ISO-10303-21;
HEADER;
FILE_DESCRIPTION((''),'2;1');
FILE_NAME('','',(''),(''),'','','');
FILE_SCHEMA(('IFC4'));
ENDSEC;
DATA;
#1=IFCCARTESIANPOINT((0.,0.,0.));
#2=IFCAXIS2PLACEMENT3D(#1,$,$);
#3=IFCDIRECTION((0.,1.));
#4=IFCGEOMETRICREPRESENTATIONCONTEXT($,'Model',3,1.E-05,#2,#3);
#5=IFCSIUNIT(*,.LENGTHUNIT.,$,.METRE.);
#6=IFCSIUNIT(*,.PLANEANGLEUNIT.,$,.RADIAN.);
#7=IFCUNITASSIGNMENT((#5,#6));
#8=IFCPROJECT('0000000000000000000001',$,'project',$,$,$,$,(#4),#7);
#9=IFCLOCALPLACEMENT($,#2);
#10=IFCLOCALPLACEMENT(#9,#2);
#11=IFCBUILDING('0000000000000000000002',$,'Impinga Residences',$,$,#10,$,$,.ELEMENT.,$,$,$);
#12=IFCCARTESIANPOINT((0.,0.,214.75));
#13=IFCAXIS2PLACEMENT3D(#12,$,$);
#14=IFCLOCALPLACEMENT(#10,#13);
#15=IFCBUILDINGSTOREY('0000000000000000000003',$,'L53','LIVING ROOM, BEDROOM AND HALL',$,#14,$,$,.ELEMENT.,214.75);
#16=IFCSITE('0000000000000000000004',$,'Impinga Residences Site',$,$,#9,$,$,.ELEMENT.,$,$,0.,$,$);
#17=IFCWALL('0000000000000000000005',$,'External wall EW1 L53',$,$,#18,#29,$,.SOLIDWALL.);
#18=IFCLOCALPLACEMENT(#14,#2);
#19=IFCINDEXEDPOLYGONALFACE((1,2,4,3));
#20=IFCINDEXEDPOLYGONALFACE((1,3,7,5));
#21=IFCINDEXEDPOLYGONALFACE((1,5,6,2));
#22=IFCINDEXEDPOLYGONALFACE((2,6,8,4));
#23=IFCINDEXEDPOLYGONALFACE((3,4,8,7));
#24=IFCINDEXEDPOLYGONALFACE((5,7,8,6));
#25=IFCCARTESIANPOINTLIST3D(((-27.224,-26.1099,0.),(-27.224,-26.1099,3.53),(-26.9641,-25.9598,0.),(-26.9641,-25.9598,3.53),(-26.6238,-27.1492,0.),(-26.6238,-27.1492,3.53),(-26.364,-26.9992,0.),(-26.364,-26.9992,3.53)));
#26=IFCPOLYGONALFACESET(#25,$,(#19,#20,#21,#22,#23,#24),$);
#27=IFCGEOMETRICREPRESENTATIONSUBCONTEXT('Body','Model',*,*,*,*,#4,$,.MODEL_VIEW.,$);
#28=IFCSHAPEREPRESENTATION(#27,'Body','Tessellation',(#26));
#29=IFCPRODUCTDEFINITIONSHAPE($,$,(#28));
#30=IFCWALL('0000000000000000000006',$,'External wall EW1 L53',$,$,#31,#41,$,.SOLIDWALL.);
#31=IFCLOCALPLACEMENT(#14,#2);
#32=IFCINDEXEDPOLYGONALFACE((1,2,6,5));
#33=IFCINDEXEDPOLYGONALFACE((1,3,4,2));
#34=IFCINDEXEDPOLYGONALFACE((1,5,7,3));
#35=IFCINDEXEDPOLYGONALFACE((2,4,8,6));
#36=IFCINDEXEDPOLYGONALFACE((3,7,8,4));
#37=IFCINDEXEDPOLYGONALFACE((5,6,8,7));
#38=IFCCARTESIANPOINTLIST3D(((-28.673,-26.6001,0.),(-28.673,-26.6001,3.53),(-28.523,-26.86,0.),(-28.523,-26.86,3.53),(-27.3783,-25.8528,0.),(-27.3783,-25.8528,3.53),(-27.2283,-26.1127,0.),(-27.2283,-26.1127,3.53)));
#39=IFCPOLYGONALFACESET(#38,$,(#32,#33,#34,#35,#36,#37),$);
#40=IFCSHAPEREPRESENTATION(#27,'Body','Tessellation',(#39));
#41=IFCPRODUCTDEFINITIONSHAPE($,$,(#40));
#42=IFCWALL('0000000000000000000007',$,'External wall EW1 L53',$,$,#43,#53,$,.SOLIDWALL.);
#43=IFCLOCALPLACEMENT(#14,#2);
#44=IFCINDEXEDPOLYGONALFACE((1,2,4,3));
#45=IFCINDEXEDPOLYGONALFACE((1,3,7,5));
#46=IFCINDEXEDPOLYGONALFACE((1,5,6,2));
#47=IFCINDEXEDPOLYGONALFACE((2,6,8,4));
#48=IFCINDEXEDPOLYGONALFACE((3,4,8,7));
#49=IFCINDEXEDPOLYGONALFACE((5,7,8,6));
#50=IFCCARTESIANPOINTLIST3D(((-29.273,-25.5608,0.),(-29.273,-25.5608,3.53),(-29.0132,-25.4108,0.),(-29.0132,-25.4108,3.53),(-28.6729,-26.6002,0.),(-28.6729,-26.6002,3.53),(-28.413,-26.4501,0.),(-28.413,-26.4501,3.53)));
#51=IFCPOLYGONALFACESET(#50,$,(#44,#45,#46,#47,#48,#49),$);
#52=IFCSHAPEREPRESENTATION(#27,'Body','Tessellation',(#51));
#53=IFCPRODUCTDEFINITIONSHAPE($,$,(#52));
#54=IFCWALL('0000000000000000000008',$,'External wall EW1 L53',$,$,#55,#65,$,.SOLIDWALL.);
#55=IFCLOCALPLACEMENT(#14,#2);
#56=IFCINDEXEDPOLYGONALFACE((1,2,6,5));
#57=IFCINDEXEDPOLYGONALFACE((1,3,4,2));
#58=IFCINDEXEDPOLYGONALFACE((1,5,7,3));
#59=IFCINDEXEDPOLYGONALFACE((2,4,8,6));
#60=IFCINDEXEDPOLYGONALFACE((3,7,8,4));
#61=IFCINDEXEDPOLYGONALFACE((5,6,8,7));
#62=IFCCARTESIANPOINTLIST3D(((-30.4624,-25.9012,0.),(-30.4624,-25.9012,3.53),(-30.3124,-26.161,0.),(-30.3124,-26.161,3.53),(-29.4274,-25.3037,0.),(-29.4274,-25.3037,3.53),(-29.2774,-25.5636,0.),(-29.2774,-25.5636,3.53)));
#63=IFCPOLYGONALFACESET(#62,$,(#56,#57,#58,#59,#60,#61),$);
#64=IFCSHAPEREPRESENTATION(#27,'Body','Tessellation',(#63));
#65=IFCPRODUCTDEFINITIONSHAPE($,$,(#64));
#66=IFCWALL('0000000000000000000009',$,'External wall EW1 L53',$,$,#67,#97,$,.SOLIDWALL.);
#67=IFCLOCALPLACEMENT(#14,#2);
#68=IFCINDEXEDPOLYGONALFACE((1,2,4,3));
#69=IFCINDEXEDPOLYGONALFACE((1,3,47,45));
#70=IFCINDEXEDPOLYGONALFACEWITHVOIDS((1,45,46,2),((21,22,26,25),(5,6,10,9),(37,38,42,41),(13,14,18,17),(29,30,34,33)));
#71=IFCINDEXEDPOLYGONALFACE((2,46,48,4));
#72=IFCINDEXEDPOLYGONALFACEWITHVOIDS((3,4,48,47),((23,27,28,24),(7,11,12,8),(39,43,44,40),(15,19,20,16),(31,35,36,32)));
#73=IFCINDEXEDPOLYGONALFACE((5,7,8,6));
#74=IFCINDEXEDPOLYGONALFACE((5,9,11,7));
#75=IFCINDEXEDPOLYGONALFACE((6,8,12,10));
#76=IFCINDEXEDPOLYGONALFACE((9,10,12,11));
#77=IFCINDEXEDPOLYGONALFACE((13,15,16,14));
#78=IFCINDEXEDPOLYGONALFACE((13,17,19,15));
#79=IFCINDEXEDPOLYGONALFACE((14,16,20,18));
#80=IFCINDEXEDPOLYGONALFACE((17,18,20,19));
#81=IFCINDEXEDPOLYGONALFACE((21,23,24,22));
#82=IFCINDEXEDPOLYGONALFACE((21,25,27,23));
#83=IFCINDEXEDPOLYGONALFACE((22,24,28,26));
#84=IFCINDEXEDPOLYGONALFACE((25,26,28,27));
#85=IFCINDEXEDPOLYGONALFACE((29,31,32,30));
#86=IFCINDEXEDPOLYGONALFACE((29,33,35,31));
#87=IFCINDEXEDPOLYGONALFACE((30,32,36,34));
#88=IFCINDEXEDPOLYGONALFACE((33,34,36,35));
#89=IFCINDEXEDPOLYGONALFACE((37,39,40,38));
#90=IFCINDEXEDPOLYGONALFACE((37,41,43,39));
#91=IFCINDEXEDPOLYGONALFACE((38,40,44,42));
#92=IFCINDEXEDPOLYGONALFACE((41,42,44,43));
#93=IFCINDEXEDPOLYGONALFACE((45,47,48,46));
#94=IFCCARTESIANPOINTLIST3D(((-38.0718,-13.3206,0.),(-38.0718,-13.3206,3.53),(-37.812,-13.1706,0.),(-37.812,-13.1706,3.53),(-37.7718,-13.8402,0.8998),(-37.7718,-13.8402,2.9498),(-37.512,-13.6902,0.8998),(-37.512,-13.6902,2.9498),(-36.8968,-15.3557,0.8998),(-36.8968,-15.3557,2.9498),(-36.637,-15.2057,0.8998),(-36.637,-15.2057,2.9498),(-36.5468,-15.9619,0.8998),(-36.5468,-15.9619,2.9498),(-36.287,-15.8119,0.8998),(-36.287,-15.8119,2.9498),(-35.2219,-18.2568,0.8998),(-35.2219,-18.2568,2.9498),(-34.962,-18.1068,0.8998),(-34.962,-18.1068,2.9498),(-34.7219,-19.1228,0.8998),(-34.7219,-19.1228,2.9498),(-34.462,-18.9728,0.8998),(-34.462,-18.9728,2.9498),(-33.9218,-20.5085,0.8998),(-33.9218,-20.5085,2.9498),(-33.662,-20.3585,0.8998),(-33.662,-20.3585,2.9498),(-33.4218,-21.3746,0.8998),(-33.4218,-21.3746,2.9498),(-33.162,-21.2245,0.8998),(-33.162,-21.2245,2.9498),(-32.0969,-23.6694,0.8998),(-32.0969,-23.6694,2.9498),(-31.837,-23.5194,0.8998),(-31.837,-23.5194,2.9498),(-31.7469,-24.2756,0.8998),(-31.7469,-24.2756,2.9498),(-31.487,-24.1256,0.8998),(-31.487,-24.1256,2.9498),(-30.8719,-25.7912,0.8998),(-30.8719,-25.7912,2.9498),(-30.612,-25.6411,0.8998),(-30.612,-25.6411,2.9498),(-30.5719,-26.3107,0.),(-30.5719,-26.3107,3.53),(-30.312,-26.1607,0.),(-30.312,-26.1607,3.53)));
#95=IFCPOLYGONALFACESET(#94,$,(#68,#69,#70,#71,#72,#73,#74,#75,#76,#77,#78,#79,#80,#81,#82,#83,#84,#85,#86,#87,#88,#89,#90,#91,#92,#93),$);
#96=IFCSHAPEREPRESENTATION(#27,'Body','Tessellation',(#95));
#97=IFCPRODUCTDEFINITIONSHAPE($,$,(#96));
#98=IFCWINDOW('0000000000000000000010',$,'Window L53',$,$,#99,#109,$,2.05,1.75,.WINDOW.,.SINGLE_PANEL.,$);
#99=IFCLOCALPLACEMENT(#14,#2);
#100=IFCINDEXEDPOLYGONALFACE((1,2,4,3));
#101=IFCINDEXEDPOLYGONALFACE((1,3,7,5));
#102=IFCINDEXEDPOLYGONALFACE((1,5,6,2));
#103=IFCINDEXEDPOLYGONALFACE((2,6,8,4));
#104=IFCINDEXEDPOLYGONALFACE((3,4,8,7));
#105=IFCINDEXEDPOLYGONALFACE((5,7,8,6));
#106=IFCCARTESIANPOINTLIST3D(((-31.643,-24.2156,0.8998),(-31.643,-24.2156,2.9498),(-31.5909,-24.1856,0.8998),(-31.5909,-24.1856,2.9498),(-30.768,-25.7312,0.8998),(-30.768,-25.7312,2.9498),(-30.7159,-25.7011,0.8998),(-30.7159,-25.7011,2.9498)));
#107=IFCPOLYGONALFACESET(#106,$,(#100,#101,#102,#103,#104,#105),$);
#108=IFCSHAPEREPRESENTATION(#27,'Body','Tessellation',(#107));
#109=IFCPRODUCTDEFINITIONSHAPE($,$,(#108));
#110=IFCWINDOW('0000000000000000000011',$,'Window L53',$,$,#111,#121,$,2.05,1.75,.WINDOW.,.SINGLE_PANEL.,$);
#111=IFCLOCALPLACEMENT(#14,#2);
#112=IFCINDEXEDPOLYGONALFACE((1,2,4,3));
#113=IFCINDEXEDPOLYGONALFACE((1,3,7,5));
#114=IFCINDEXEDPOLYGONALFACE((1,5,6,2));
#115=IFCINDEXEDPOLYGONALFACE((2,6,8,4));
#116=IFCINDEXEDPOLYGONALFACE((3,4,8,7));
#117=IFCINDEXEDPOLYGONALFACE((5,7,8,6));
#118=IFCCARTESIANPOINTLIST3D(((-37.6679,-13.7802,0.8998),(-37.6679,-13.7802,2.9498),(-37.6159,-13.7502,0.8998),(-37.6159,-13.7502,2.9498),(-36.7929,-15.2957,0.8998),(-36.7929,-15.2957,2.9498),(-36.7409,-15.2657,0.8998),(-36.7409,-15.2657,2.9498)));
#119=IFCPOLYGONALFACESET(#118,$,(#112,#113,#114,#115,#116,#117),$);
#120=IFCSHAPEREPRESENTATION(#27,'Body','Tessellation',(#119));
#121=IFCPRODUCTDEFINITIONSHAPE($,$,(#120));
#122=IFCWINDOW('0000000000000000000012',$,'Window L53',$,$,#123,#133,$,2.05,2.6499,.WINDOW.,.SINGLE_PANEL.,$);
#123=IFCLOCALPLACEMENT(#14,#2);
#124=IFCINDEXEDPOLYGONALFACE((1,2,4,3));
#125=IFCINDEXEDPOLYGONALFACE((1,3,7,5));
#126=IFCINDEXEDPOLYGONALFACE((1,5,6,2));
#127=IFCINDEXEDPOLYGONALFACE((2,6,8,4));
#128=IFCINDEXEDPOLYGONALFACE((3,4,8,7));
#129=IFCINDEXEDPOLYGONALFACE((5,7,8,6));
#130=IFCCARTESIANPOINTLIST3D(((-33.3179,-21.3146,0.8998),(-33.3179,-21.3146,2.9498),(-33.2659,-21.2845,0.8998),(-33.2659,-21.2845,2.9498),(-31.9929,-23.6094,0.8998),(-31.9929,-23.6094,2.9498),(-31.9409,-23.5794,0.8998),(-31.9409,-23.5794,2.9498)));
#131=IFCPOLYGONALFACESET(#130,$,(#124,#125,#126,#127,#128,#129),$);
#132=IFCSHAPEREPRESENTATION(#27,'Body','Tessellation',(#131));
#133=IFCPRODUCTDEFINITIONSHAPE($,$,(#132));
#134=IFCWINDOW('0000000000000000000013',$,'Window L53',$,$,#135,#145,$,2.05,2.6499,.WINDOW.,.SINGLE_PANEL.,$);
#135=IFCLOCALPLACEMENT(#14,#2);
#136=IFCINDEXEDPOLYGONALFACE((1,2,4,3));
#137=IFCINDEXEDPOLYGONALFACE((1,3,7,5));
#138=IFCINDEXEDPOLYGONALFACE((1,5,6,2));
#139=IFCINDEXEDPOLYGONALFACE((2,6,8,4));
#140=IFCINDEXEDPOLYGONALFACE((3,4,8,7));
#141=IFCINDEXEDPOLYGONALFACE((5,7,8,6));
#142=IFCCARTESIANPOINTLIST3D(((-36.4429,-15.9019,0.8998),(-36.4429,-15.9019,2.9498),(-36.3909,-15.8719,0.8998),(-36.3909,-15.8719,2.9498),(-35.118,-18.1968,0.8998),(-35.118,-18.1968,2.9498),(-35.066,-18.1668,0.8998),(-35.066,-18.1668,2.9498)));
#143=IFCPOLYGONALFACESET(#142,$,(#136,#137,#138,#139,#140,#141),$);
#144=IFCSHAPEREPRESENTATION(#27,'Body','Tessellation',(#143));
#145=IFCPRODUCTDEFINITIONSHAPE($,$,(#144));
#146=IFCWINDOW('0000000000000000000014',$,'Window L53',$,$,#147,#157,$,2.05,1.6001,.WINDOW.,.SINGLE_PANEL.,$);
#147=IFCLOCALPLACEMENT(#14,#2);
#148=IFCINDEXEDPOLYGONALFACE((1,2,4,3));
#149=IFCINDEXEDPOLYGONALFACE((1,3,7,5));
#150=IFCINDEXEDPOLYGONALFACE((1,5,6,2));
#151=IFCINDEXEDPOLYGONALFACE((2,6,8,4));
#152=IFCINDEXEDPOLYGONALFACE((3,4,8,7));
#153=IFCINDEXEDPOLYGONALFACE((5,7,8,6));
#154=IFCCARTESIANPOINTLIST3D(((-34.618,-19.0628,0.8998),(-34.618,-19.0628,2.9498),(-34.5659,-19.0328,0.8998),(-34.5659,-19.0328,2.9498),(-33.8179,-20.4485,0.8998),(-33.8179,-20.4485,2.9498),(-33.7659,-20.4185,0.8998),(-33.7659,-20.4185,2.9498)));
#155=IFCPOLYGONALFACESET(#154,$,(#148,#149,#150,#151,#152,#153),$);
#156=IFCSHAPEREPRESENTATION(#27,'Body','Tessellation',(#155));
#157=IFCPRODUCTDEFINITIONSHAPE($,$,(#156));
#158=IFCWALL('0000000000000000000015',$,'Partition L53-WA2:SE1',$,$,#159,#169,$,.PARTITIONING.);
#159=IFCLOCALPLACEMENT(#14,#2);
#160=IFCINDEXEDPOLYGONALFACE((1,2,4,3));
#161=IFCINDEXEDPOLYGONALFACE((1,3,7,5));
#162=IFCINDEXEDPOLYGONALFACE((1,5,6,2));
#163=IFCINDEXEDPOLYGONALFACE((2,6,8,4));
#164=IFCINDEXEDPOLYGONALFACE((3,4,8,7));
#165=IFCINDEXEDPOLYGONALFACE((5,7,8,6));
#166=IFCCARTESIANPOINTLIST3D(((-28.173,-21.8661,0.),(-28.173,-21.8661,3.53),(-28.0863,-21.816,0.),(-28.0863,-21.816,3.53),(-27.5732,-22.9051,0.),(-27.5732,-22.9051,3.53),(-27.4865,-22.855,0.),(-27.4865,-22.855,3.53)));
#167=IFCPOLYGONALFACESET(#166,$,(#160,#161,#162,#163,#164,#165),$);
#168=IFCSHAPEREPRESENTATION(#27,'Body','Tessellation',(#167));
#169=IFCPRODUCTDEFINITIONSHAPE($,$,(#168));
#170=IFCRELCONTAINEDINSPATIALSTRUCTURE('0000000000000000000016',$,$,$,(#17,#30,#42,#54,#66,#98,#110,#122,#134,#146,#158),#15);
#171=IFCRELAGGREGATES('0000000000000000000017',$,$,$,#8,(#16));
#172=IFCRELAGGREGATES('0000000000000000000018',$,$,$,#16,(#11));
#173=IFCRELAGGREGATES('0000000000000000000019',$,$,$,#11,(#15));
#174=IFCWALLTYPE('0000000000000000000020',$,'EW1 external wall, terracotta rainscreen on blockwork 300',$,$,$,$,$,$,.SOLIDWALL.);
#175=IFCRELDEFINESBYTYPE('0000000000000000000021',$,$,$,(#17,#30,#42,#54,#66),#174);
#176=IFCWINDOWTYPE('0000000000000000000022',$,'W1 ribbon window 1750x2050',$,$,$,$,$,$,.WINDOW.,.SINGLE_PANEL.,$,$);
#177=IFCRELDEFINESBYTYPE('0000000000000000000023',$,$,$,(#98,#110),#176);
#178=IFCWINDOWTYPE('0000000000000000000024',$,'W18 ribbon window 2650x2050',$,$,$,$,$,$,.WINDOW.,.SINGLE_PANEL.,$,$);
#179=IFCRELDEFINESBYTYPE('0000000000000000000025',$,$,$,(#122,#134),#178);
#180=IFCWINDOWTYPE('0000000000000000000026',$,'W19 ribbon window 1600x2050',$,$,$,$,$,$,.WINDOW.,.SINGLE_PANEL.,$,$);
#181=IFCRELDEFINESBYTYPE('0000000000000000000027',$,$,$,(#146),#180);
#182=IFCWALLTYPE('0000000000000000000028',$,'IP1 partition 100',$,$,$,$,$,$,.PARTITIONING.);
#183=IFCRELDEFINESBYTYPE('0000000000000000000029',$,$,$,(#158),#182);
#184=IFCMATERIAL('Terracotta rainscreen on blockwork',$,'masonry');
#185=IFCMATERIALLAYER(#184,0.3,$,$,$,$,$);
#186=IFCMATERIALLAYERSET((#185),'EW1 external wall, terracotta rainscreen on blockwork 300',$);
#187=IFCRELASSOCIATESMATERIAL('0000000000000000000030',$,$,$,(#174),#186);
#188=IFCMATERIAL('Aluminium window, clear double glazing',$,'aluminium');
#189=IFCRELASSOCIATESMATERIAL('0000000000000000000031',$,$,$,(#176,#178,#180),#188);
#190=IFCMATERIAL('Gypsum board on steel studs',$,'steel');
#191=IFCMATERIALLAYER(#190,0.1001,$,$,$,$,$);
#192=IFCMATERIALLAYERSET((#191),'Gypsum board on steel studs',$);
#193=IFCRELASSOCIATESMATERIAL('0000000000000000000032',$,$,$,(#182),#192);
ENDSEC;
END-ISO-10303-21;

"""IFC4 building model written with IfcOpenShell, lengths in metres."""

from ifc_helpers import new_model, si_unit, direction, frame, frame_2d, origin, place, context, subcontext, project, spatial, rectangle, extrude, material, layer, layer_set, type_object, element, fill, save


model = new_model("IFC4")

# Units and contexts
model_context = context("Model", 3, precision=1e-05, world=origin(), true_north=direction((0.0, 1.0)))
body_context = subcontext(model_context, "Body", "Model", "MODEL_VIEW")
ifc_project = project(units=[si_unit("LENGTHUNIT", "METRE"), si_unit("PLANEANGLEUNIT", "RADIAN")], contexts=[model_context])

# Site, building, storey
site_placement = place(None, origin())
site = spatial("IfcSite", under=ifc_project, at=site_placement, Name="Impinga Residences Site", CompositionType="ELEMENT", RefElevation=0.0)
building_placement = place(site_placement, origin())
building = spatial("IfcBuilding", under=site, at=building_placement, Name="Impinga Residences", CompositionType="ELEMENT")
storey_placement = place(building_placement, frame((0.0, 0.0, 214.75)))
storey = spatial("IfcBuildingStorey", under=building, at=storey_placement, Name="L53", Description="LIVING ROOM, BEDROOM AND HALL", CompositionType="ELEMENT", Elevation=214.75)

# Walls
ifc_material_1 = material(Name="Terracotta rainscreen on blockwork", Category="masonry")
ifc_layer_1 = layer(ifc_material_1, 0.3)
ifc_layer_set_1 = layer_set([ifc_layer_1], Name="EW1 external wall, terracotta rainscreen on blockwork 300")
wall_type_1 = type_object("IfcWallType", Name="EW1 external wall, terracotta rainscreen on blockwork 300", PredefinedType="SOLIDWALL", material=ifc_layer_set_1)
wall_1_placement = place(storey_placement, frame((-26.4939, -27.0742, 0.0), z_axis=(0.0, 0.0, 1.0), x_axis=(-0.500034, 0.866006, 0.0)))
element("IfcWall", 1, at=wall_1_placement, inside=storey, type_object=wall_type_1, Name="External wall EW1 L53", PredefinedType="SOLIDWALL", context=body_context, shape_type="SweptSolid", body=[
    extrude(rectangle(XDim=1.2002, YDim=0.3, at=frame_2d((0.6001, 0.0))), origin(), (0.0, 0.0, 1.0), 3.53),
])
wall_2_placement = place(storey_placement, frame((-27.3032, -25.9827, 0.0), z_axis=(0.0, 0.0, 1.0), x_axis=(-0.866074, -0.499916, 0.0)))
element("IfcWall", 2, at=wall_2_placement, inside=storey, type_object=wall_type_1, Name="External wall EW1 L53", PredefinedType="SOLIDWALL", context=body_context, shape_type="SweptSolid", body=[
    extrude(rectangle(XDim=1.4949, YDim=0.3, at=frame_2d((0.7476, 0.0))), origin(), (0.0, 0.0, 1.0), 3.53),
])
wall_3_placement = place(storey_placement, frame((-28.543, -26.5251, 0.0), z_axis=(0.0, 0.0, 1.0), x_axis=(-0.500034, 0.866006, 0.0)))
element("IfcWall", 3, at=wall_3_placement, inside=storey, type_object=wall_type_1, Name="External wall EW1 L53", PredefinedType="SOLIDWALL", context=body_context, shape_type="SweptSolid", body=[
    extrude(rectangle(XDim=1.2002, YDim=0.3, at=frame_2d((0.6001, 0.0))), origin(), (0.0, 0.0, 1.0), 3.53),
])
wall_4_placement = place(storey_placement, frame((-29.3523, -25.4336, 0.0), z_axis=(0.0, 0.0, 1.0), x_axis=(-0.86606, -0.499941, 0.0)))
element("IfcWall", 4, at=wall_4_placement, inside=storey, type_object=wall_type_1, Name="External wall EW1 L53", PredefinedType="SOLIDWALL", context=body_context, shape_type="SweptSolid", body=[
    extrude(rectangle(XDim=1.1951, YDim=0.3, at=frame_2d((0.5977, 0.0))), origin(), (0.0, 0.0, 1.0), 3.53),
])

# Wall, openings, windows
wall_5_placement = place(storey_placement, frame((-30.4419, -26.2358, 0.0), z_axis=(0.0, 0.0, 1.0), x_axis=(-0.500004, 0.866023, 0.0)))
wall_5 = element("IfcWall", 5, at=wall_5_placement, inside=storey, type_object=wall_type_1, Name="External wall EW1 L53", PredefinedType="SOLIDWALL", context=body_context, shape_type="SweptSolid", body=[
    extrude(rectangle(XDim=14.9998, YDim=0.3, at=frame_2d((7.5, 0.0))), origin(), (0.0, 0.0, 1.0), 3.53),
])
opening_1_placement = place(wall_5_placement, frame((0.6001, 0.0, 0.8999)))
opening_1 = element("IfcOpeningElement", 6, at=opening_1_placement, cuts=wall_5, PredefinedType="OPENING", context=body_context, shape_type="SweptSolid", body=[
    extrude(rectangle(XDim=1.75, YDim=2.05, at=frame_2d((0.875, 1.0249))), frame((0.0, 0.1599, 0.0), z_axis=(0.0, -1.0, 0.0), x_axis=(1.0, 0.0, 0.0)), (0.0, 0.0, 1.0), 0.3201),
])
opening_2_placement = place(wall_5_placement, frame((3.05, 0.0, 0.8999)))
opening_2 = element("IfcOpeningElement", 7, at=opening_2_placement, cuts=wall_5, PredefinedType="OPENING", context=body_context, shape_type="SweptSolid", body=[
    extrude(rectangle(XDim=2.6499, YDim=2.05, at=frame_2d((1.325, 1.0249))), frame((0.0, 0.1599, 0.0), z_axis=(0.0, -1.0, 0.0), x_axis=(1.0, 0.0, 0.0)), (0.0, 0.0, 1.0), 0.3201),
])
opening_3_placement = place(wall_5_placement, frame((6.7, 0.0, 0.8999)))
opening_3 = element("IfcOpeningElement", 8, at=opening_3_placement, cuts=wall_5, PredefinedType="OPENING", context=body_context, shape_type="SweptSolid", body=[
    extrude(rectangle(XDim=1.6001, YDim=2.05, at=frame_2d((0.8, 1.0249))), frame((0.0, 0.1599, 0.0), z_axis=(0.0, -1.0, 0.0), x_axis=(1.0, 0.0, 0.0)), (0.0, 0.0, 1.0), 0.3201),
])
opening_4_placement = place(wall_5_placement, frame((9.3, 0.0, 0.8999)))
opening_4 = element("IfcOpeningElement", 9, at=opening_4_placement, cuts=wall_5, PredefinedType="OPENING", context=body_context, shape_type="SweptSolid", body=[
    extrude(rectangle(XDim=2.6499, YDim=2.05, at=frame_2d((1.325, 1.0249))), frame((0.0, 0.1599, 0.0), z_axis=(0.0, -1.0, 0.0), x_axis=(1.0, 0.0, 0.0)), (0.0, 0.0, 1.0), 0.3201),
])
opening_5_placement = place(wall_5_placement, frame((12.6499, 0.0, 0.8999)))
opening_5 = element("IfcOpeningElement", 10, at=opening_5_placement, cuts=wall_5, PredefinedType="OPENING", context=body_context, shape_type="SweptSolid", body=[
    extrude(rectangle(XDim=1.75, YDim=2.05, at=frame_2d((0.875, 1.0249))), frame((0.0, 0.1599, 0.0), z_axis=(0.0, -1.0, 0.0), x_axis=(1.0, 0.0, 0.0)), (0.0, 0.0, 1.0), 0.3201),
])
ifc_material_2 = material(Name="Aluminium window, clear double glazing", Category="aluminium")
window_type_1 = type_object("IfcWindowType", Name="W1 ribbon window 1750x2050", PartitioningType="SINGLE_PANEL", PredefinedType="WINDOW", material=ifc_material_2)
window_1_placement = place(opening_1_placement, origin())
window_1 = element("IfcWindow", 11, at=window_1_placement, inside=storey, type_object=window_type_1, Name="Window L53", OverallHeight=2.05, OverallWidth=1.75, PartitioningType="SINGLE_PANEL", PredefinedType="WINDOW", context=body_context, shape_type="SweptSolid", body=[
    extrude(rectangle(XDim=1.75, YDim=2.05, at=frame_2d((0.875, 1.0249))), frame((0.0, 0.03, 0.0), z_axis=(0.0, -1.0, 0.0), x_axis=(1.0, 0.0, 0.0)), (0.0, 0.0, 1.0), 0.0601),
])
fill(opening_1, window_1)
window_2_placement = place(opening_5_placement, origin())
window_2 = element("IfcWindow", 12, at=window_2_placement, inside=storey, type_object=window_type_1, Name="Window L53", OverallHeight=2.05, OverallWidth=1.75, PartitioningType="SINGLE_PANEL", PredefinedType="WINDOW", context=body_context, shape_type="SweptSolid", body=[
    extrude(rectangle(XDim=1.75, YDim=2.05, at=frame_2d((0.875, 1.0249))), frame((0.0, 0.03, 0.0), z_axis=(0.0, -1.0, 0.0), x_axis=(1.0, 0.0, 0.0)), (0.0, 0.0, 1.0), 0.0601),
])
fill(opening_5, window_2)
window_type_2 = type_object("IfcWindowType", Name="W18 ribbon window 2650x2050", PartitioningType="SINGLE_PANEL", PredefinedType="WINDOW", material=ifc_material_2)
window_3_placement = place(opening_2_placement, origin())
window_3 = element("IfcWindow", 13, at=window_3_placement, inside=storey, type_object=window_type_2, Name="Window L53", OverallHeight=2.05, OverallWidth=2.6499, PartitioningType="SINGLE_PANEL", PredefinedType="WINDOW", context=body_context, shape_type="SweptSolid", body=[
    extrude(rectangle(XDim=2.6499, YDim=2.05, at=frame_2d((1.325, 1.0249))), frame((0.0, 0.03, 0.0), z_axis=(0.0, -1.0, 0.0), x_axis=(1.0, 0.0, 0.0)), (0.0, 0.0, 1.0), 0.0601),
])
fill(opening_2, window_3)
window_4_placement = place(opening_4_placement, origin())
window_4 = element("IfcWindow", 14, at=window_4_placement, inside=storey, type_object=window_type_2, Name="Window L53", OverallHeight=2.05, OverallWidth=2.6499, PartitioningType="SINGLE_PANEL", PredefinedType="WINDOW", context=body_context, shape_type="SweptSolid", body=[
    extrude(rectangle(XDim=2.6499, YDim=2.05, at=frame_2d((1.325, 1.0249))), frame((0.0, 0.03, 0.0), z_axis=(0.0, -1.0, 0.0), x_axis=(1.0, 0.0, 0.0)), (0.0, 0.0, 1.0), 0.0601),
])
fill(opening_4, window_4)
window_type_3 = type_object("IfcWindowType", Name="W19 ribbon window 1600x2050", PartitioningType="SINGLE_PANEL", PredefinedType="WINDOW", material=ifc_material_2)
window_5_placement = place(opening_3_placement, origin())
window_5 = element("IfcWindow", 15, at=window_5_placement, inside=storey, type_object=window_type_3, Name="Window L53", OverallHeight=2.05, OverallWidth=1.6001, PartitioningType="SINGLE_PANEL", PredefinedType="WINDOW", context=body_context, shape_type="SweptSolid", body=[
    extrude(rectangle(XDim=1.6001, YDim=2.05, at=frame_2d((0.8, 1.0249))), frame((0.0, 0.03, 0.0), z_axis=(0.0, -1.0, 0.0), x_axis=(1.0, 0.0, 0.0)), (0.0, 0.0, 1.0), 0.0601),
])
fill(opening_3, window_5)

# Wall
ifc_material_3 = material(Name="Gypsum board on steel studs", Category="steel")
ifc_layer_2 = layer(ifc_material_3, 0.1001)
ifc_layer_set_2 = layer_set([ifc_layer_2], Name="Gypsum board on steel studs")
wall_type_2 = type_object("IfcWallType", Name="IP1 partition 100", PredefinedType="PARTITIONING", material=ifc_layer_set_2)
wall_6_placement = place(storey_placement, frame((-28.1296, -21.8411, 0.0), z_axis=(0.0, 0.0, 1.0), x_axis=(0.499969, -0.866043, 0.0)))
element("IfcWall", 16, at=wall_6_placement, inside=storey, type_object=wall_type_2, Name="Partition L53-WA2:SE1", PredefinedType="PARTITIONING", context=body_context, shape_type="SweptSolid", body=[
    extrude(rectangle(XDim=1.1997, YDim=0.1001, at=frame_2d((0.5999, 0.0))), origin(), (0.0, 0.0, 1.0), 3.53),
])

save(model, "model.ifc")
